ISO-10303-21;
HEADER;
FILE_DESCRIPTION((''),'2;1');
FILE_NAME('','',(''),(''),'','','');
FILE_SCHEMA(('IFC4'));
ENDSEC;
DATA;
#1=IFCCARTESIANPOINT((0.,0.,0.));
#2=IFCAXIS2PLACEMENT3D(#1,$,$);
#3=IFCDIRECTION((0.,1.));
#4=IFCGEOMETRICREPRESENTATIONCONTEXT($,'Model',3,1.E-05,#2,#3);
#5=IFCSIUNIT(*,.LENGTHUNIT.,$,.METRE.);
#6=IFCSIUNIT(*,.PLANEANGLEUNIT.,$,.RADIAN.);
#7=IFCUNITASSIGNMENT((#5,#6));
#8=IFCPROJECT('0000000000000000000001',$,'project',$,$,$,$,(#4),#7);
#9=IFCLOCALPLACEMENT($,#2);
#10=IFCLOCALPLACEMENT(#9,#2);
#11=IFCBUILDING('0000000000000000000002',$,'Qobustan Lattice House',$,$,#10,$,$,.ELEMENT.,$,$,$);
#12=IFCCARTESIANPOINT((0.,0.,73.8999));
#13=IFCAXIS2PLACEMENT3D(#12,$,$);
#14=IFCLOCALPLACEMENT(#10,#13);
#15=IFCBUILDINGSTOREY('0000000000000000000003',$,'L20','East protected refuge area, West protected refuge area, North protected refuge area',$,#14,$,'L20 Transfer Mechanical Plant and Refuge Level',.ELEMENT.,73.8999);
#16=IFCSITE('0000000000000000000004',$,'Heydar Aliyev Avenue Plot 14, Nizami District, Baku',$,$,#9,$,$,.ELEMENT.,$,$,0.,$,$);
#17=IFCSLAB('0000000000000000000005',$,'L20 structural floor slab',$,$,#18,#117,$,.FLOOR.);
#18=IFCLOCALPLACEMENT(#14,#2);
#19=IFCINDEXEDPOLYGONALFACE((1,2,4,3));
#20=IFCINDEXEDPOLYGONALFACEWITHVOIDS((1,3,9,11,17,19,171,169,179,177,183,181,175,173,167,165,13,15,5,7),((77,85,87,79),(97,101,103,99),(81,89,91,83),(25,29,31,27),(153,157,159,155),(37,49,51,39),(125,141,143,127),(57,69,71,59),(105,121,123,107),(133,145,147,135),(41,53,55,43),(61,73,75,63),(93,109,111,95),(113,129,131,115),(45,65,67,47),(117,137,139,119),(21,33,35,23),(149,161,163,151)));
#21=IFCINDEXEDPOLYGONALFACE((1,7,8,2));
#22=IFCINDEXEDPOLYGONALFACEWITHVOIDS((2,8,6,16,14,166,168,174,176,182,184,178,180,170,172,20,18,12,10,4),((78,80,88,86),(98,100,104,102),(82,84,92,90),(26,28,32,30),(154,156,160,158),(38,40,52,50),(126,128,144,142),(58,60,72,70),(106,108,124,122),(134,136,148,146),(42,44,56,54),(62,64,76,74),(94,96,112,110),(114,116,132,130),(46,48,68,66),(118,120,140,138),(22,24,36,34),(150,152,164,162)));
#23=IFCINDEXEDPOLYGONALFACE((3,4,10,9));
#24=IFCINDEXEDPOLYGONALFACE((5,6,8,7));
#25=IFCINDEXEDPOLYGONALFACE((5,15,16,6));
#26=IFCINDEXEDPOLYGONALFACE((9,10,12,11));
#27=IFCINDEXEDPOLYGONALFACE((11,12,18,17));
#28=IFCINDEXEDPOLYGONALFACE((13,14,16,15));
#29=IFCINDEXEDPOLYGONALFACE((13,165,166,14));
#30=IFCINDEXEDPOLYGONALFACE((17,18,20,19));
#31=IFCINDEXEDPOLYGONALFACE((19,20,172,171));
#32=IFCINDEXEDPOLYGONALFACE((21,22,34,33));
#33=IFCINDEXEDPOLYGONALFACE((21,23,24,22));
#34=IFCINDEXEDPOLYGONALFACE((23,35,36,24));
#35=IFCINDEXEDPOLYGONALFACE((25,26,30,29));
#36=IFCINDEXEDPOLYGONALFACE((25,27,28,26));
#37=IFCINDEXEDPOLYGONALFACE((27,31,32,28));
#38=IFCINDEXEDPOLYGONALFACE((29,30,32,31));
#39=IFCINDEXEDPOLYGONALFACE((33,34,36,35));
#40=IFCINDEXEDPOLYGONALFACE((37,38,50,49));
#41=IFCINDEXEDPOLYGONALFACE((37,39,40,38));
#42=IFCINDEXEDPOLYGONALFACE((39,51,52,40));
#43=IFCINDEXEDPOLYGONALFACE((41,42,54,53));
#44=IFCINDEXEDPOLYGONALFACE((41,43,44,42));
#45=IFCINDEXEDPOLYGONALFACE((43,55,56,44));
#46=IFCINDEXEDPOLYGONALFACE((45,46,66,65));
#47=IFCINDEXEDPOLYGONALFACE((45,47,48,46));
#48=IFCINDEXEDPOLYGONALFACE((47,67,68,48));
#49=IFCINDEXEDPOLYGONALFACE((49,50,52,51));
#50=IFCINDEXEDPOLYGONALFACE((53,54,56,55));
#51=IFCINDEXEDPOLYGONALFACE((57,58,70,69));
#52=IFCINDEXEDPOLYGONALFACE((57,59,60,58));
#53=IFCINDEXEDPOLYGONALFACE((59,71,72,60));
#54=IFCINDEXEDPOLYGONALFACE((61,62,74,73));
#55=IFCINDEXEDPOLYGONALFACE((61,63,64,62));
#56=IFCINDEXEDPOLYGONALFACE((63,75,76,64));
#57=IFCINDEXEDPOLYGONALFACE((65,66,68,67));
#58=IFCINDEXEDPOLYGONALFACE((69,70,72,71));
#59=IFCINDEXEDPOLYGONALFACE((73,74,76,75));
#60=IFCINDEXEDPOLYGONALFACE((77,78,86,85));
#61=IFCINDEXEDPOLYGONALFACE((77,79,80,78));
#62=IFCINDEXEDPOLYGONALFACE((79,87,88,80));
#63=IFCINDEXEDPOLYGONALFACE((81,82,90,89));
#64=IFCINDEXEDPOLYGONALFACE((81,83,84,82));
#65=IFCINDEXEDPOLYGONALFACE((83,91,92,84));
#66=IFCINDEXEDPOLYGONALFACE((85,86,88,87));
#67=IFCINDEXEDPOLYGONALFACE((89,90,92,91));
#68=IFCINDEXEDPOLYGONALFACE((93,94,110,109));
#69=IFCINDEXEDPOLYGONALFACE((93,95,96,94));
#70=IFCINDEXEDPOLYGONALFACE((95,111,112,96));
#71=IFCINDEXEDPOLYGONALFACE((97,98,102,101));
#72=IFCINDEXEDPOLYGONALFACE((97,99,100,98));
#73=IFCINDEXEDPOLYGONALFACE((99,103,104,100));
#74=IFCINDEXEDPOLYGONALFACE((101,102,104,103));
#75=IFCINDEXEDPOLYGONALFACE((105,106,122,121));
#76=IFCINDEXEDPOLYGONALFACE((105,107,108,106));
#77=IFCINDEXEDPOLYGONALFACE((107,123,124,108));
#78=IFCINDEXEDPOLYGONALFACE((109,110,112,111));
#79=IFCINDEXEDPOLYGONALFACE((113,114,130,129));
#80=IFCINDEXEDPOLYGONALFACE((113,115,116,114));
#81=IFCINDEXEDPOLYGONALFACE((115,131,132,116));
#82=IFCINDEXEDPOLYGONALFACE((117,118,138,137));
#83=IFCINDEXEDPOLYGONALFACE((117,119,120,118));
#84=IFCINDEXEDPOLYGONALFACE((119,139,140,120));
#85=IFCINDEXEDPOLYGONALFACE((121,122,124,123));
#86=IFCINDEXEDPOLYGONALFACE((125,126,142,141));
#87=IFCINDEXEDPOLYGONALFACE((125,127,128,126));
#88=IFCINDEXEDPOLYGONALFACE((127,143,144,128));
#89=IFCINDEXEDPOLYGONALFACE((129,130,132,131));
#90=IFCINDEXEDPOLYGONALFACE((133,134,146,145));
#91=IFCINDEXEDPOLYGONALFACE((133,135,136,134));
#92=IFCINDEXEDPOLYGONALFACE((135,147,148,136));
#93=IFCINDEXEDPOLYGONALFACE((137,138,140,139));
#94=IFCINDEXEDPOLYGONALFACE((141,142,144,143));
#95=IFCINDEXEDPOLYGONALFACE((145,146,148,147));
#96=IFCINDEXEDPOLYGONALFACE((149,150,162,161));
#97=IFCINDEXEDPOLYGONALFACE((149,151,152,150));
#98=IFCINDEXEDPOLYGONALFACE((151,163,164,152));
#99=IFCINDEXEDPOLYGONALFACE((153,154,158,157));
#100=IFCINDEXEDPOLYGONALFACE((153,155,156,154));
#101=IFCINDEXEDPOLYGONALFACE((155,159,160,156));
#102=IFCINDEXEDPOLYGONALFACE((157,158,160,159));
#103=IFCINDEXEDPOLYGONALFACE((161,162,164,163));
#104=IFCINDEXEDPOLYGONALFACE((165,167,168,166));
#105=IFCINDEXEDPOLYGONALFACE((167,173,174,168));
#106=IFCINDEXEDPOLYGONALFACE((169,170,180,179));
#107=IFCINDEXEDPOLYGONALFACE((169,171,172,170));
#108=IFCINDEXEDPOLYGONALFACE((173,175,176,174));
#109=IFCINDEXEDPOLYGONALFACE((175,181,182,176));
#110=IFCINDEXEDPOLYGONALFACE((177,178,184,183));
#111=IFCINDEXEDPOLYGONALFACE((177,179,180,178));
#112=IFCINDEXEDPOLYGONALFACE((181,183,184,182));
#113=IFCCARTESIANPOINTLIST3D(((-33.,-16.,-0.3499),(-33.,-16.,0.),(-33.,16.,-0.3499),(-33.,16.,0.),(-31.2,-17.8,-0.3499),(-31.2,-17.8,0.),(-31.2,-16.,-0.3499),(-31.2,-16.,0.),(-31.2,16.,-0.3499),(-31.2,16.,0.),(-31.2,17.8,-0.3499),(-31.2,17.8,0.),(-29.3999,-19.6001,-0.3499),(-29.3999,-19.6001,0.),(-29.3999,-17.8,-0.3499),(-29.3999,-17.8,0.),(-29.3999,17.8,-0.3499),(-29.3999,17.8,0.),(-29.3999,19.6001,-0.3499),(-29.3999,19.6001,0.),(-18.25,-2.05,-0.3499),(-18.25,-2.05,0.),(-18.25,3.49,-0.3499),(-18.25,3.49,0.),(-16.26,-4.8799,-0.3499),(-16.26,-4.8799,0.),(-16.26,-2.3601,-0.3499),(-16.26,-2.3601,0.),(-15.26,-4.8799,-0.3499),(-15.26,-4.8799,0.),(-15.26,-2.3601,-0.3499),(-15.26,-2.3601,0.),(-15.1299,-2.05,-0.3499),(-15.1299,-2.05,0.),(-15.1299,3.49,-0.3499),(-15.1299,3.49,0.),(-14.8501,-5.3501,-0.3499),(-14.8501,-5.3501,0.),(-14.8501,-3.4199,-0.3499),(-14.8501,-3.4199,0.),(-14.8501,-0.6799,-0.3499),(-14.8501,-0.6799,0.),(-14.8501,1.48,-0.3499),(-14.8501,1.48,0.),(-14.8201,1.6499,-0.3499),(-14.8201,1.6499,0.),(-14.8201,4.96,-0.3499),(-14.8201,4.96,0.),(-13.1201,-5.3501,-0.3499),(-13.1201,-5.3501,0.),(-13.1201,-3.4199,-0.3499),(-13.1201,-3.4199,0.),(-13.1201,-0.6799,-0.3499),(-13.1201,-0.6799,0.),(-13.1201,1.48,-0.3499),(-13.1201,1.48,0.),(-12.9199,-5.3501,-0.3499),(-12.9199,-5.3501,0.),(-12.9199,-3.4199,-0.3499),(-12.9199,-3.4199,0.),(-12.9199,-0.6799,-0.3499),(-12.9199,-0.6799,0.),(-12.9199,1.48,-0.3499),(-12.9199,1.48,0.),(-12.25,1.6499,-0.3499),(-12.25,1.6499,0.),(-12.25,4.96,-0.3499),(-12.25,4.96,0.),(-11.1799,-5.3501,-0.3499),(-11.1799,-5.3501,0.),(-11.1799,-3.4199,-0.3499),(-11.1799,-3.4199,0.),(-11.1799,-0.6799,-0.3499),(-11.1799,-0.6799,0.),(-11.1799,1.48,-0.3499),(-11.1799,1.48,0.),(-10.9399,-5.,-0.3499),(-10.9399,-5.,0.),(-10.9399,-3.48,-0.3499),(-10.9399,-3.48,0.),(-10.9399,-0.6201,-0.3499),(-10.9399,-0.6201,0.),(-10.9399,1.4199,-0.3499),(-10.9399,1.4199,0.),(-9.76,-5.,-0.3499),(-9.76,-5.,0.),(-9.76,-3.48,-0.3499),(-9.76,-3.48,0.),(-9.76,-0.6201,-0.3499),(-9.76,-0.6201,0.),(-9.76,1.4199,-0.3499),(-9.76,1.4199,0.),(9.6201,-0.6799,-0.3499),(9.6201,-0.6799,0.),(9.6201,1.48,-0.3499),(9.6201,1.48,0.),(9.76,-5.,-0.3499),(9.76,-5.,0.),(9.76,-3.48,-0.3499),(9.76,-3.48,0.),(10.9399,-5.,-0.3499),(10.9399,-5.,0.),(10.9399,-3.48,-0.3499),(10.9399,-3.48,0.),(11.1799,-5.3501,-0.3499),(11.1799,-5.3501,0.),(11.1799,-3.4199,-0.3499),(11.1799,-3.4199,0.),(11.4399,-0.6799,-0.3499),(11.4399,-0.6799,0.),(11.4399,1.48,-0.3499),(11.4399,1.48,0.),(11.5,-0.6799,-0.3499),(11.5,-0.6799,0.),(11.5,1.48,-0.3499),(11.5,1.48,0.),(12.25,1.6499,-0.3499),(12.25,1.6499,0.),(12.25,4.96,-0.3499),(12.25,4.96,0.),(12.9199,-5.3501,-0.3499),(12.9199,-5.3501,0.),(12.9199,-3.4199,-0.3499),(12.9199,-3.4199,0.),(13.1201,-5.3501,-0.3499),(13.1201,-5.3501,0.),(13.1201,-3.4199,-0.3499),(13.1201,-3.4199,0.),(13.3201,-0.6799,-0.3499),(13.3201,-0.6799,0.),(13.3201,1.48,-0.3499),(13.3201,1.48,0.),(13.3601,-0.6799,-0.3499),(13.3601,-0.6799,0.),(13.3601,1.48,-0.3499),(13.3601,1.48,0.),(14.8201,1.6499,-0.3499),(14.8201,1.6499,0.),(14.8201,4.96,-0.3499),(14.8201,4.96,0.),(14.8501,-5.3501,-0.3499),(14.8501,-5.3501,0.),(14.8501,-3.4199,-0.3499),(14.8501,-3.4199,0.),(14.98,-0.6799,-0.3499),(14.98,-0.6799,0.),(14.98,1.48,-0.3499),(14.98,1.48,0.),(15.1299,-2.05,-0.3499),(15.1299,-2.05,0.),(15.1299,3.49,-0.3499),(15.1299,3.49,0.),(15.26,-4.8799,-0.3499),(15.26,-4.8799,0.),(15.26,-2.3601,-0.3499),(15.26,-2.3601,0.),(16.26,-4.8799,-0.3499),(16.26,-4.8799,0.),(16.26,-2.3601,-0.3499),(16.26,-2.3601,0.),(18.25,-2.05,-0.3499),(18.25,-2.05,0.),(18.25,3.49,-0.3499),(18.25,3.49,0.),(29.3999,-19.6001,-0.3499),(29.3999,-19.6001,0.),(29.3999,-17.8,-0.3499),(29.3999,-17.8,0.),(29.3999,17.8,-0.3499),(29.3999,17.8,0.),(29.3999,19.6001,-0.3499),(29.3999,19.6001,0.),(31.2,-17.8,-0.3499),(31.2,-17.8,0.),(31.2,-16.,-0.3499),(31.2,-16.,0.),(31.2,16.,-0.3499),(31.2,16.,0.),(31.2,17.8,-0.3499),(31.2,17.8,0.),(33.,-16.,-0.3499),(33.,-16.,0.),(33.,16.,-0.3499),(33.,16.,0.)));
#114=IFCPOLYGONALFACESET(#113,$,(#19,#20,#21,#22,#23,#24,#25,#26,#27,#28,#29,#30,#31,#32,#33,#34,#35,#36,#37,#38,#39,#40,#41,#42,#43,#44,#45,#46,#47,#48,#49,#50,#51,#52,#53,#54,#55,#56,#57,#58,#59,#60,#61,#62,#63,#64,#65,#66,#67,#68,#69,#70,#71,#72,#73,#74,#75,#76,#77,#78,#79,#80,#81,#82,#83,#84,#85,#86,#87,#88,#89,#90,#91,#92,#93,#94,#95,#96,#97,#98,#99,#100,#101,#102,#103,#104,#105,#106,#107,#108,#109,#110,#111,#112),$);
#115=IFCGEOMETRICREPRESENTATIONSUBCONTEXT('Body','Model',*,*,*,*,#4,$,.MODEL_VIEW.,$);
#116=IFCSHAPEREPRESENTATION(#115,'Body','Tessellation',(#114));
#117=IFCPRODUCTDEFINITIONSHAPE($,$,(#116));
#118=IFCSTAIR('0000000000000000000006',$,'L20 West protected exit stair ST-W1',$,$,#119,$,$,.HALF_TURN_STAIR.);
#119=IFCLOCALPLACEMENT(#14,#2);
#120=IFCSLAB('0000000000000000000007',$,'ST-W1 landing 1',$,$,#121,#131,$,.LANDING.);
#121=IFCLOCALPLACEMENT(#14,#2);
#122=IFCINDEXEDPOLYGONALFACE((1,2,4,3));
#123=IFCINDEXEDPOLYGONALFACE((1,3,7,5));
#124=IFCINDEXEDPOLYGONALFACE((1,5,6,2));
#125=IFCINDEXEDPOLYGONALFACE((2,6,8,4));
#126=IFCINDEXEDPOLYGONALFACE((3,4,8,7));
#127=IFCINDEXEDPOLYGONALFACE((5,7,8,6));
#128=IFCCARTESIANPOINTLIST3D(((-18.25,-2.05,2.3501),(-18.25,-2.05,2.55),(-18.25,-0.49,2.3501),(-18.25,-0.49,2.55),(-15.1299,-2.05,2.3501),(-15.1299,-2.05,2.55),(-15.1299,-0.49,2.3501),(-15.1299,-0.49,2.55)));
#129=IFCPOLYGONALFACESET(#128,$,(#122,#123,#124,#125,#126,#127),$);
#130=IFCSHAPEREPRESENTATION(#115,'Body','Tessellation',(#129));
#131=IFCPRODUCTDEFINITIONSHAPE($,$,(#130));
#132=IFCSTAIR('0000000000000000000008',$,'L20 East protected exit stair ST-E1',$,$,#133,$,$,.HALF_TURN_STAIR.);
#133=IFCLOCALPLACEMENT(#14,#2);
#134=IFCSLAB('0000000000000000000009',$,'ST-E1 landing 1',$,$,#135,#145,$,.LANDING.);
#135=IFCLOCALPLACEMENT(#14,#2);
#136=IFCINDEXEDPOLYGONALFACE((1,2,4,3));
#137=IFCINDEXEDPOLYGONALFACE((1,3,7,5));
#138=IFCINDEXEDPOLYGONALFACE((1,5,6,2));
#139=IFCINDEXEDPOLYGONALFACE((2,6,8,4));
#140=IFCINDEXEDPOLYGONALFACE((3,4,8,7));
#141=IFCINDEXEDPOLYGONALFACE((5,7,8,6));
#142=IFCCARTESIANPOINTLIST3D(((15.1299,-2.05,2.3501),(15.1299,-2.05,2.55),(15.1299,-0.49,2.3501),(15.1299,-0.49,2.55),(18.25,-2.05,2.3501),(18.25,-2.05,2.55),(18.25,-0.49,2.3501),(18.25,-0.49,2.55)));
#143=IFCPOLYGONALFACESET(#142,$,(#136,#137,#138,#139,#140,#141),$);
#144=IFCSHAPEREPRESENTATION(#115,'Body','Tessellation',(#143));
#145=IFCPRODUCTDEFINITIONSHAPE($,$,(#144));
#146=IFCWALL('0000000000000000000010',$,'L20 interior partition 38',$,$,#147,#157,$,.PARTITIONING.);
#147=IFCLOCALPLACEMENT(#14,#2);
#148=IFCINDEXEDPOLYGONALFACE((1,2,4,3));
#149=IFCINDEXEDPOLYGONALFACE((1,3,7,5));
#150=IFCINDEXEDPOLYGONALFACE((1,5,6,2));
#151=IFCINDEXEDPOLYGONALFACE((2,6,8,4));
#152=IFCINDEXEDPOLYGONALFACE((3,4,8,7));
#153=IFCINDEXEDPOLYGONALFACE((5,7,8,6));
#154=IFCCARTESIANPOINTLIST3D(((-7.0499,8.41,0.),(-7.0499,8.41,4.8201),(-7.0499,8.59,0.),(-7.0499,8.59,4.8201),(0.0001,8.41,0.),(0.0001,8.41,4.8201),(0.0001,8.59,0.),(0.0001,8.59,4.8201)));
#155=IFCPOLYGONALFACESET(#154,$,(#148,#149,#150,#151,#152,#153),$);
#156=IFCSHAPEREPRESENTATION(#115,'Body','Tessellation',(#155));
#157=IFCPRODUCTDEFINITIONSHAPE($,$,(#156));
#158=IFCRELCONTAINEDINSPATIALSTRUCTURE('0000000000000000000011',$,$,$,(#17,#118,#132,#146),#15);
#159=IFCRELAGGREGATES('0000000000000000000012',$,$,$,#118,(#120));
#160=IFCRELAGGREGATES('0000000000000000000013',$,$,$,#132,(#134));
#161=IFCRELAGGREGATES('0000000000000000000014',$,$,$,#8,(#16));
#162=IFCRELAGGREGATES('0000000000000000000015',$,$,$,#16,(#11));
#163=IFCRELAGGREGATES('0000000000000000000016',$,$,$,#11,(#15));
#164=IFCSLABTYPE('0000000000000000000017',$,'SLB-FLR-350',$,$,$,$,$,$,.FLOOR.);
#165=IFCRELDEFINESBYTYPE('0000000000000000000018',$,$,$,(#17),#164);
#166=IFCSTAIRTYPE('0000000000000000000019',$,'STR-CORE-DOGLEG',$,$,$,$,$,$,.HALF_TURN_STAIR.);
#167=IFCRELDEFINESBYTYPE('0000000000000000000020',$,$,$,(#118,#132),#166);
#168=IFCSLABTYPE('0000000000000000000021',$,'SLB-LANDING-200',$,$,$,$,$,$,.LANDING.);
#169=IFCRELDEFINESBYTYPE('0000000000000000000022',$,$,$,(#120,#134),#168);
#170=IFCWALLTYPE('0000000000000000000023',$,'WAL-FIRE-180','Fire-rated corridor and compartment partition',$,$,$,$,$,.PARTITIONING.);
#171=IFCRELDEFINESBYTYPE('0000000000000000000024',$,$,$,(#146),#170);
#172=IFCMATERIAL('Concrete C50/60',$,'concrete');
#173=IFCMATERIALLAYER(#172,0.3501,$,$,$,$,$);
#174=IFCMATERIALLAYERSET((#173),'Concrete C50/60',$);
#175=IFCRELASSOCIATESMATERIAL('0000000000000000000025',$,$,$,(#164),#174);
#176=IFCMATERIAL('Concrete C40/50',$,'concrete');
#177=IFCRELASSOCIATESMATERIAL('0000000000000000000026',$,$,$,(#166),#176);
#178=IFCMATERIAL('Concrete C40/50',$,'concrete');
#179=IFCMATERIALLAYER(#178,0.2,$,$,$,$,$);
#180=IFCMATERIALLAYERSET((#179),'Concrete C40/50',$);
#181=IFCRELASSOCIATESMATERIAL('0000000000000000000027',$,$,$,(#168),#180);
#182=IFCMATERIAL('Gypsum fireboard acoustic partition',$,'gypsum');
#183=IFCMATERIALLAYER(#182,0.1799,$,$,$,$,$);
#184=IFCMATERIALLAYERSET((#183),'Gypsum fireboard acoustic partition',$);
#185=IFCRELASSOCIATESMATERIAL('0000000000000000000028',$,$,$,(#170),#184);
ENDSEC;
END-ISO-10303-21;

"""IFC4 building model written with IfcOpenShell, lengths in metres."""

from ifc_helpers import new_model, si_unit, direction, frame, frame_2d, origin, place, context, subcontext, project, spatial, polyline, rectangle, outline, extrude, material, layer, layer_set, type_object, element, aggregate, save


model = new_model("IFC4")

# Units and contexts
model_context = context("Model", 3, precision=1e-05, world=origin(), true_north=direction((0.0, 1.0)))
body_context = subcontext(model_context, "Body", "Model", "MODEL_VIEW")
ifc_project = project(units=[si_unit("LENGTHUNIT", "METRE"), si_unit("PLANEANGLEUNIT", "RADIAN")], contexts=[model_context])

# Site, building, storey
site_placement = place(None, origin())
site = spatial("IfcSite", under=ifc_project, at=site_placement, Name="Heydar Aliyev Avenue Plot 14, Nizami District, Baku", CompositionType="ELEMENT", RefElevation=0.0)
building_placement = place(site_placement, origin())
building = spatial("IfcBuilding", under=site, at=building_placement, Name="Qobustan Lattice House", CompositionType="ELEMENT")
storey_placement = place(building_placement, frame((0.0, 0.0, 73.8999)))
storey = spatial("IfcBuildingStorey", under=building, at=storey_placement, Name="L20", Description="East protected refuge area, West protected refuge area, North protected refuge area", LongName="L20 Transfer Mechanical Plant and Refuge Level", CompositionType="ELEMENT", Elevation=73.8999)

# Slab
ifc_material_1 = material(Name="Concrete C50/60", Category="concrete")
ifc_layer_1 = layer(ifc_material_1, 0.3501)
ifc_layer_set_1 = layer_set([ifc_layer_1], Name="Concrete C50/60")
slab_type_1 = type_object("IfcSlabType", Name="SLB-FLR-350", PredefinedType="FLOOR", material=ifc_layer_set_1)
slab_1_placement = place(storey_placement, frame((0.0, 0.0, -0.3499)))
element("IfcSlab", 1, at=slab_1_placement, inside=storey, type_object=slab_type_1, Name="L20 structural floor slab", PredefinedType="FLOOR", context=body_context, shape_type="SweptSolid", body=[
    extrude(outline(polyline([(-29.3999, -19.6001), (29.3999, -19.6001), (29.3999, -17.8), (31.2, -17.8), (31.2, -16.0), (33.0, -16.0), (33.0, 16.0), (31.2, 16.0), (31.2, 17.8), (29.3999, 17.8), (29.3999, 19.6001), (-29.3999, 19.6001), (-29.3999, 17.8), (-31.2, 17.8), (-31.2, 16.0), (-33.0, 16.0), (-33.0, -16.0), (-31.2, -16.0), (-31.2, -17.8), (-29.3999, -17.8), (-29.3999, -19.6001)]), holes=[polyline([(-18.25, -2.05), (-18.25, 3.49), (-15.1299, 3.49), (-15.1299, -2.05), (-18.25, -2.05)]), polyline([(15.1299, -2.05), (15.1299, 3.49), (18.25, 3.49), (18.25, -2.05), (15.1299, -2.05)]), polyline([(-14.8201, 1.6499), (-14.8201, 4.96), (-12.25, 4.96), (-12.25, 1.6499), (-14.8201, 1.6499)]), polyline([(12.25, 1.6499), (12.25, 4.96), (14.8201, 4.96), (14.8201, 1.6499), (12.25, 1.6499)]), polyline([(-16.26, -4.8799), (-16.26, -2.3601), (-15.26, -2.3601), (-15.26, -4.8799), (-16.26, -4.8799)]), polyline([(15.26, -4.8799), (15.26, -2.3601), (16.26, -2.3601), (16.26, -4.8799), (15.26, -4.8799)]), polyline([(-14.8501, -5.3501), (-14.8501, -3.4199), (-13.1201, -3.4199), (-13.1201, -5.3501), (-14.8501, -5.3501)]), polyline([(-12.9199, -5.3501), (-12.9199, -3.4199), (-11.1799, -3.4199), (-11.1799, -5.3501), (-12.9199, -5.3501)]), polyline([(-14.8501, -0.6799), (-14.8501, 1.48), (-13.1201, 1.48), (-13.1201, -0.6799), (-14.8501, -0.6799)]), polyline([(-12.9199, -0.6799), (-12.9199, 1.48), (-11.1799, 1.48), (-11.1799, -0.6799), (-12.9199, -0.6799)]), polyline([(-10.9399, -5.0), (-10.9399, -3.48), (-9.76, -3.48), (-9.76, -5.0), (-10.9399, -5.0)]), polyline([(-10.9399, -0.6201), (-10.9399, 1.4199), (-9.76, 1.4199), (-9.76, -0.6201), (-10.9399, -0.6201)]), polyline([(11.1799, -5.3501), (11.1799, -3.4199), (12.9199, -3.4199), (12.9199, -5.3501), (11.1799, -5.3501)]), polyline([(13.1201, -5.3501), (13.1201, -3.4199), (14.8501, -3.4199), (14.8501, -5.3501), (13.1201, -5.3501)]), polyline([(9.76, -5.0), (9.76, -3.48), (10.9399, -3.48), (10.9399, -5.0), (9.76, -5.0)]), polyline([(13.3601, -0.6799), (13.3601, 1.48), (14.98, 1.48), (14.98, -0.6799), (13.3601, -0.6799)]), polyline([(9.6201, -0.6799), (9.6201, 1.48), (11.4399, 1.48), (11.4399, -0.6799), (9.6201, -0.6799)]), polyline([(11.5, -0.6799), (11.5, 1.48), (13.3201, 1.48), (13.3201, -0.6799), (11.5, -0.6799)])]), origin(), (0.0, 0.0, 1.0), 0.3499),
])

# Stairs, slabs
ifc_material_2 = material(Name="Concrete C40/50", Category="concrete")
stair_type = type_object("IfcStairType", Name="STR-CORE-DOGLEG", PredefinedType="HALF_TURN_STAIR", material=ifc_material_2)
stair_1_placement = place(storey_placement, origin())
stair_1 = element("IfcStair", 2, at=stair_1_placement, inside=storey, type_object=stair_type, Name="L20 West protected exit stair ST-W1", PredefinedType="HALF_TURN_STAIR")
ifc_material_3 = material(Name="Concrete C40/50", Category="concrete")
ifc_layer_2 = layer(ifc_material_3, 0.2)
ifc_layer_set_2 = layer_set([ifc_layer_2], Name="Concrete C40/50")
slab_type_2 = type_object("IfcSlabType", Name="SLB-LANDING-200", PredefinedType="LANDING", material=ifc_layer_set_2)
slab_2_placement = place(storey_placement, frame((0.0, 0.0, 2.3501)))
slab_2 = element("IfcSlab", 3, at=slab_2_placement, type_object=slab_type_2, Name="ST-W1 landing 1", PredefinedType="LANDING", context=body_context, shape_type="SweptSolid", body=[
    extrude(outline(polyline([(-18.25, -0.49), (-18.25, -2.05), (-15.1299, -2.05), (-15.1299, -0.49), (-18.25, -0.49)])), origin(), (0.0, 0.0, 1.0), 0.2),
])
aggregate(stair_1, [slab_2])
stair_2_placement = place(storey_placement, origin())
stair_2 = element("IfcStair", 4, at=stair_2_placement, inside=storey, type_object=stair_type, Name="L20 East protected exit stair ST-E1", PredefinedType="HALF_TURN_STAIR")
slab_3_placement = place(storey_placement, frame((0.0, 0.0, 2.3501)))
slab_3 = element("IfcSlab", 5, at=slab_3_placement, type_object=slab_type_2, Name="ST-E1 landing 1", PredefinedType="LANDING", context=body_context, shape_type="SweptSolid", body=[
    extrude(outline(polyline([(15.1299, -0.49), (15.1299, -2.05), (18.25, -2.05), (18.25, -0.49), (15.1299, -0.49)])), origin(), (0.0, 0.0, 1.0), 0.2),
])
aggregate(stair_2, [slab_3])

# Wall
ifc_material_4 = material(Name="Gypsum fireboard acoustic partition", Category="gypsum")
ifc_layer_3 = layer(ifc_material_4, 0.1799)
ifc_layer_set_3 = layer_set([ifc_layer_3], Name="Gypsum fireboard acoustic partition")
wall_type_1 = type_object("IfcWallType", Name="WAL-FIRE-180", Description="Fire-rated corridor and compartment partition", PredefinedType="PARTITIONING", material=ifc_layer_set_3)
wall_1_placement = place(storey_placement, frame((0.0, 8.5, 0.0), z_axis=(0.0, 0.0, 1.0), x_axis=(-1.0, 0.0, 0.0)))
element("IfcWall", 6, at=wall_1_placement, inside=storey, type_object=wall_type_1, Name="L20 interior partition 38", PredefinedType="PARTITIONING", context=body_context, shape_type="SweptSolid", body=[
    extrude(rectangle(XDim=7.05, YDim=0.1799, at=frame_2d((3.5249, 0.0))), origin(), (0.0, 0.0, 1.0), 4.8201),
])

save(model, "model.ifc")
